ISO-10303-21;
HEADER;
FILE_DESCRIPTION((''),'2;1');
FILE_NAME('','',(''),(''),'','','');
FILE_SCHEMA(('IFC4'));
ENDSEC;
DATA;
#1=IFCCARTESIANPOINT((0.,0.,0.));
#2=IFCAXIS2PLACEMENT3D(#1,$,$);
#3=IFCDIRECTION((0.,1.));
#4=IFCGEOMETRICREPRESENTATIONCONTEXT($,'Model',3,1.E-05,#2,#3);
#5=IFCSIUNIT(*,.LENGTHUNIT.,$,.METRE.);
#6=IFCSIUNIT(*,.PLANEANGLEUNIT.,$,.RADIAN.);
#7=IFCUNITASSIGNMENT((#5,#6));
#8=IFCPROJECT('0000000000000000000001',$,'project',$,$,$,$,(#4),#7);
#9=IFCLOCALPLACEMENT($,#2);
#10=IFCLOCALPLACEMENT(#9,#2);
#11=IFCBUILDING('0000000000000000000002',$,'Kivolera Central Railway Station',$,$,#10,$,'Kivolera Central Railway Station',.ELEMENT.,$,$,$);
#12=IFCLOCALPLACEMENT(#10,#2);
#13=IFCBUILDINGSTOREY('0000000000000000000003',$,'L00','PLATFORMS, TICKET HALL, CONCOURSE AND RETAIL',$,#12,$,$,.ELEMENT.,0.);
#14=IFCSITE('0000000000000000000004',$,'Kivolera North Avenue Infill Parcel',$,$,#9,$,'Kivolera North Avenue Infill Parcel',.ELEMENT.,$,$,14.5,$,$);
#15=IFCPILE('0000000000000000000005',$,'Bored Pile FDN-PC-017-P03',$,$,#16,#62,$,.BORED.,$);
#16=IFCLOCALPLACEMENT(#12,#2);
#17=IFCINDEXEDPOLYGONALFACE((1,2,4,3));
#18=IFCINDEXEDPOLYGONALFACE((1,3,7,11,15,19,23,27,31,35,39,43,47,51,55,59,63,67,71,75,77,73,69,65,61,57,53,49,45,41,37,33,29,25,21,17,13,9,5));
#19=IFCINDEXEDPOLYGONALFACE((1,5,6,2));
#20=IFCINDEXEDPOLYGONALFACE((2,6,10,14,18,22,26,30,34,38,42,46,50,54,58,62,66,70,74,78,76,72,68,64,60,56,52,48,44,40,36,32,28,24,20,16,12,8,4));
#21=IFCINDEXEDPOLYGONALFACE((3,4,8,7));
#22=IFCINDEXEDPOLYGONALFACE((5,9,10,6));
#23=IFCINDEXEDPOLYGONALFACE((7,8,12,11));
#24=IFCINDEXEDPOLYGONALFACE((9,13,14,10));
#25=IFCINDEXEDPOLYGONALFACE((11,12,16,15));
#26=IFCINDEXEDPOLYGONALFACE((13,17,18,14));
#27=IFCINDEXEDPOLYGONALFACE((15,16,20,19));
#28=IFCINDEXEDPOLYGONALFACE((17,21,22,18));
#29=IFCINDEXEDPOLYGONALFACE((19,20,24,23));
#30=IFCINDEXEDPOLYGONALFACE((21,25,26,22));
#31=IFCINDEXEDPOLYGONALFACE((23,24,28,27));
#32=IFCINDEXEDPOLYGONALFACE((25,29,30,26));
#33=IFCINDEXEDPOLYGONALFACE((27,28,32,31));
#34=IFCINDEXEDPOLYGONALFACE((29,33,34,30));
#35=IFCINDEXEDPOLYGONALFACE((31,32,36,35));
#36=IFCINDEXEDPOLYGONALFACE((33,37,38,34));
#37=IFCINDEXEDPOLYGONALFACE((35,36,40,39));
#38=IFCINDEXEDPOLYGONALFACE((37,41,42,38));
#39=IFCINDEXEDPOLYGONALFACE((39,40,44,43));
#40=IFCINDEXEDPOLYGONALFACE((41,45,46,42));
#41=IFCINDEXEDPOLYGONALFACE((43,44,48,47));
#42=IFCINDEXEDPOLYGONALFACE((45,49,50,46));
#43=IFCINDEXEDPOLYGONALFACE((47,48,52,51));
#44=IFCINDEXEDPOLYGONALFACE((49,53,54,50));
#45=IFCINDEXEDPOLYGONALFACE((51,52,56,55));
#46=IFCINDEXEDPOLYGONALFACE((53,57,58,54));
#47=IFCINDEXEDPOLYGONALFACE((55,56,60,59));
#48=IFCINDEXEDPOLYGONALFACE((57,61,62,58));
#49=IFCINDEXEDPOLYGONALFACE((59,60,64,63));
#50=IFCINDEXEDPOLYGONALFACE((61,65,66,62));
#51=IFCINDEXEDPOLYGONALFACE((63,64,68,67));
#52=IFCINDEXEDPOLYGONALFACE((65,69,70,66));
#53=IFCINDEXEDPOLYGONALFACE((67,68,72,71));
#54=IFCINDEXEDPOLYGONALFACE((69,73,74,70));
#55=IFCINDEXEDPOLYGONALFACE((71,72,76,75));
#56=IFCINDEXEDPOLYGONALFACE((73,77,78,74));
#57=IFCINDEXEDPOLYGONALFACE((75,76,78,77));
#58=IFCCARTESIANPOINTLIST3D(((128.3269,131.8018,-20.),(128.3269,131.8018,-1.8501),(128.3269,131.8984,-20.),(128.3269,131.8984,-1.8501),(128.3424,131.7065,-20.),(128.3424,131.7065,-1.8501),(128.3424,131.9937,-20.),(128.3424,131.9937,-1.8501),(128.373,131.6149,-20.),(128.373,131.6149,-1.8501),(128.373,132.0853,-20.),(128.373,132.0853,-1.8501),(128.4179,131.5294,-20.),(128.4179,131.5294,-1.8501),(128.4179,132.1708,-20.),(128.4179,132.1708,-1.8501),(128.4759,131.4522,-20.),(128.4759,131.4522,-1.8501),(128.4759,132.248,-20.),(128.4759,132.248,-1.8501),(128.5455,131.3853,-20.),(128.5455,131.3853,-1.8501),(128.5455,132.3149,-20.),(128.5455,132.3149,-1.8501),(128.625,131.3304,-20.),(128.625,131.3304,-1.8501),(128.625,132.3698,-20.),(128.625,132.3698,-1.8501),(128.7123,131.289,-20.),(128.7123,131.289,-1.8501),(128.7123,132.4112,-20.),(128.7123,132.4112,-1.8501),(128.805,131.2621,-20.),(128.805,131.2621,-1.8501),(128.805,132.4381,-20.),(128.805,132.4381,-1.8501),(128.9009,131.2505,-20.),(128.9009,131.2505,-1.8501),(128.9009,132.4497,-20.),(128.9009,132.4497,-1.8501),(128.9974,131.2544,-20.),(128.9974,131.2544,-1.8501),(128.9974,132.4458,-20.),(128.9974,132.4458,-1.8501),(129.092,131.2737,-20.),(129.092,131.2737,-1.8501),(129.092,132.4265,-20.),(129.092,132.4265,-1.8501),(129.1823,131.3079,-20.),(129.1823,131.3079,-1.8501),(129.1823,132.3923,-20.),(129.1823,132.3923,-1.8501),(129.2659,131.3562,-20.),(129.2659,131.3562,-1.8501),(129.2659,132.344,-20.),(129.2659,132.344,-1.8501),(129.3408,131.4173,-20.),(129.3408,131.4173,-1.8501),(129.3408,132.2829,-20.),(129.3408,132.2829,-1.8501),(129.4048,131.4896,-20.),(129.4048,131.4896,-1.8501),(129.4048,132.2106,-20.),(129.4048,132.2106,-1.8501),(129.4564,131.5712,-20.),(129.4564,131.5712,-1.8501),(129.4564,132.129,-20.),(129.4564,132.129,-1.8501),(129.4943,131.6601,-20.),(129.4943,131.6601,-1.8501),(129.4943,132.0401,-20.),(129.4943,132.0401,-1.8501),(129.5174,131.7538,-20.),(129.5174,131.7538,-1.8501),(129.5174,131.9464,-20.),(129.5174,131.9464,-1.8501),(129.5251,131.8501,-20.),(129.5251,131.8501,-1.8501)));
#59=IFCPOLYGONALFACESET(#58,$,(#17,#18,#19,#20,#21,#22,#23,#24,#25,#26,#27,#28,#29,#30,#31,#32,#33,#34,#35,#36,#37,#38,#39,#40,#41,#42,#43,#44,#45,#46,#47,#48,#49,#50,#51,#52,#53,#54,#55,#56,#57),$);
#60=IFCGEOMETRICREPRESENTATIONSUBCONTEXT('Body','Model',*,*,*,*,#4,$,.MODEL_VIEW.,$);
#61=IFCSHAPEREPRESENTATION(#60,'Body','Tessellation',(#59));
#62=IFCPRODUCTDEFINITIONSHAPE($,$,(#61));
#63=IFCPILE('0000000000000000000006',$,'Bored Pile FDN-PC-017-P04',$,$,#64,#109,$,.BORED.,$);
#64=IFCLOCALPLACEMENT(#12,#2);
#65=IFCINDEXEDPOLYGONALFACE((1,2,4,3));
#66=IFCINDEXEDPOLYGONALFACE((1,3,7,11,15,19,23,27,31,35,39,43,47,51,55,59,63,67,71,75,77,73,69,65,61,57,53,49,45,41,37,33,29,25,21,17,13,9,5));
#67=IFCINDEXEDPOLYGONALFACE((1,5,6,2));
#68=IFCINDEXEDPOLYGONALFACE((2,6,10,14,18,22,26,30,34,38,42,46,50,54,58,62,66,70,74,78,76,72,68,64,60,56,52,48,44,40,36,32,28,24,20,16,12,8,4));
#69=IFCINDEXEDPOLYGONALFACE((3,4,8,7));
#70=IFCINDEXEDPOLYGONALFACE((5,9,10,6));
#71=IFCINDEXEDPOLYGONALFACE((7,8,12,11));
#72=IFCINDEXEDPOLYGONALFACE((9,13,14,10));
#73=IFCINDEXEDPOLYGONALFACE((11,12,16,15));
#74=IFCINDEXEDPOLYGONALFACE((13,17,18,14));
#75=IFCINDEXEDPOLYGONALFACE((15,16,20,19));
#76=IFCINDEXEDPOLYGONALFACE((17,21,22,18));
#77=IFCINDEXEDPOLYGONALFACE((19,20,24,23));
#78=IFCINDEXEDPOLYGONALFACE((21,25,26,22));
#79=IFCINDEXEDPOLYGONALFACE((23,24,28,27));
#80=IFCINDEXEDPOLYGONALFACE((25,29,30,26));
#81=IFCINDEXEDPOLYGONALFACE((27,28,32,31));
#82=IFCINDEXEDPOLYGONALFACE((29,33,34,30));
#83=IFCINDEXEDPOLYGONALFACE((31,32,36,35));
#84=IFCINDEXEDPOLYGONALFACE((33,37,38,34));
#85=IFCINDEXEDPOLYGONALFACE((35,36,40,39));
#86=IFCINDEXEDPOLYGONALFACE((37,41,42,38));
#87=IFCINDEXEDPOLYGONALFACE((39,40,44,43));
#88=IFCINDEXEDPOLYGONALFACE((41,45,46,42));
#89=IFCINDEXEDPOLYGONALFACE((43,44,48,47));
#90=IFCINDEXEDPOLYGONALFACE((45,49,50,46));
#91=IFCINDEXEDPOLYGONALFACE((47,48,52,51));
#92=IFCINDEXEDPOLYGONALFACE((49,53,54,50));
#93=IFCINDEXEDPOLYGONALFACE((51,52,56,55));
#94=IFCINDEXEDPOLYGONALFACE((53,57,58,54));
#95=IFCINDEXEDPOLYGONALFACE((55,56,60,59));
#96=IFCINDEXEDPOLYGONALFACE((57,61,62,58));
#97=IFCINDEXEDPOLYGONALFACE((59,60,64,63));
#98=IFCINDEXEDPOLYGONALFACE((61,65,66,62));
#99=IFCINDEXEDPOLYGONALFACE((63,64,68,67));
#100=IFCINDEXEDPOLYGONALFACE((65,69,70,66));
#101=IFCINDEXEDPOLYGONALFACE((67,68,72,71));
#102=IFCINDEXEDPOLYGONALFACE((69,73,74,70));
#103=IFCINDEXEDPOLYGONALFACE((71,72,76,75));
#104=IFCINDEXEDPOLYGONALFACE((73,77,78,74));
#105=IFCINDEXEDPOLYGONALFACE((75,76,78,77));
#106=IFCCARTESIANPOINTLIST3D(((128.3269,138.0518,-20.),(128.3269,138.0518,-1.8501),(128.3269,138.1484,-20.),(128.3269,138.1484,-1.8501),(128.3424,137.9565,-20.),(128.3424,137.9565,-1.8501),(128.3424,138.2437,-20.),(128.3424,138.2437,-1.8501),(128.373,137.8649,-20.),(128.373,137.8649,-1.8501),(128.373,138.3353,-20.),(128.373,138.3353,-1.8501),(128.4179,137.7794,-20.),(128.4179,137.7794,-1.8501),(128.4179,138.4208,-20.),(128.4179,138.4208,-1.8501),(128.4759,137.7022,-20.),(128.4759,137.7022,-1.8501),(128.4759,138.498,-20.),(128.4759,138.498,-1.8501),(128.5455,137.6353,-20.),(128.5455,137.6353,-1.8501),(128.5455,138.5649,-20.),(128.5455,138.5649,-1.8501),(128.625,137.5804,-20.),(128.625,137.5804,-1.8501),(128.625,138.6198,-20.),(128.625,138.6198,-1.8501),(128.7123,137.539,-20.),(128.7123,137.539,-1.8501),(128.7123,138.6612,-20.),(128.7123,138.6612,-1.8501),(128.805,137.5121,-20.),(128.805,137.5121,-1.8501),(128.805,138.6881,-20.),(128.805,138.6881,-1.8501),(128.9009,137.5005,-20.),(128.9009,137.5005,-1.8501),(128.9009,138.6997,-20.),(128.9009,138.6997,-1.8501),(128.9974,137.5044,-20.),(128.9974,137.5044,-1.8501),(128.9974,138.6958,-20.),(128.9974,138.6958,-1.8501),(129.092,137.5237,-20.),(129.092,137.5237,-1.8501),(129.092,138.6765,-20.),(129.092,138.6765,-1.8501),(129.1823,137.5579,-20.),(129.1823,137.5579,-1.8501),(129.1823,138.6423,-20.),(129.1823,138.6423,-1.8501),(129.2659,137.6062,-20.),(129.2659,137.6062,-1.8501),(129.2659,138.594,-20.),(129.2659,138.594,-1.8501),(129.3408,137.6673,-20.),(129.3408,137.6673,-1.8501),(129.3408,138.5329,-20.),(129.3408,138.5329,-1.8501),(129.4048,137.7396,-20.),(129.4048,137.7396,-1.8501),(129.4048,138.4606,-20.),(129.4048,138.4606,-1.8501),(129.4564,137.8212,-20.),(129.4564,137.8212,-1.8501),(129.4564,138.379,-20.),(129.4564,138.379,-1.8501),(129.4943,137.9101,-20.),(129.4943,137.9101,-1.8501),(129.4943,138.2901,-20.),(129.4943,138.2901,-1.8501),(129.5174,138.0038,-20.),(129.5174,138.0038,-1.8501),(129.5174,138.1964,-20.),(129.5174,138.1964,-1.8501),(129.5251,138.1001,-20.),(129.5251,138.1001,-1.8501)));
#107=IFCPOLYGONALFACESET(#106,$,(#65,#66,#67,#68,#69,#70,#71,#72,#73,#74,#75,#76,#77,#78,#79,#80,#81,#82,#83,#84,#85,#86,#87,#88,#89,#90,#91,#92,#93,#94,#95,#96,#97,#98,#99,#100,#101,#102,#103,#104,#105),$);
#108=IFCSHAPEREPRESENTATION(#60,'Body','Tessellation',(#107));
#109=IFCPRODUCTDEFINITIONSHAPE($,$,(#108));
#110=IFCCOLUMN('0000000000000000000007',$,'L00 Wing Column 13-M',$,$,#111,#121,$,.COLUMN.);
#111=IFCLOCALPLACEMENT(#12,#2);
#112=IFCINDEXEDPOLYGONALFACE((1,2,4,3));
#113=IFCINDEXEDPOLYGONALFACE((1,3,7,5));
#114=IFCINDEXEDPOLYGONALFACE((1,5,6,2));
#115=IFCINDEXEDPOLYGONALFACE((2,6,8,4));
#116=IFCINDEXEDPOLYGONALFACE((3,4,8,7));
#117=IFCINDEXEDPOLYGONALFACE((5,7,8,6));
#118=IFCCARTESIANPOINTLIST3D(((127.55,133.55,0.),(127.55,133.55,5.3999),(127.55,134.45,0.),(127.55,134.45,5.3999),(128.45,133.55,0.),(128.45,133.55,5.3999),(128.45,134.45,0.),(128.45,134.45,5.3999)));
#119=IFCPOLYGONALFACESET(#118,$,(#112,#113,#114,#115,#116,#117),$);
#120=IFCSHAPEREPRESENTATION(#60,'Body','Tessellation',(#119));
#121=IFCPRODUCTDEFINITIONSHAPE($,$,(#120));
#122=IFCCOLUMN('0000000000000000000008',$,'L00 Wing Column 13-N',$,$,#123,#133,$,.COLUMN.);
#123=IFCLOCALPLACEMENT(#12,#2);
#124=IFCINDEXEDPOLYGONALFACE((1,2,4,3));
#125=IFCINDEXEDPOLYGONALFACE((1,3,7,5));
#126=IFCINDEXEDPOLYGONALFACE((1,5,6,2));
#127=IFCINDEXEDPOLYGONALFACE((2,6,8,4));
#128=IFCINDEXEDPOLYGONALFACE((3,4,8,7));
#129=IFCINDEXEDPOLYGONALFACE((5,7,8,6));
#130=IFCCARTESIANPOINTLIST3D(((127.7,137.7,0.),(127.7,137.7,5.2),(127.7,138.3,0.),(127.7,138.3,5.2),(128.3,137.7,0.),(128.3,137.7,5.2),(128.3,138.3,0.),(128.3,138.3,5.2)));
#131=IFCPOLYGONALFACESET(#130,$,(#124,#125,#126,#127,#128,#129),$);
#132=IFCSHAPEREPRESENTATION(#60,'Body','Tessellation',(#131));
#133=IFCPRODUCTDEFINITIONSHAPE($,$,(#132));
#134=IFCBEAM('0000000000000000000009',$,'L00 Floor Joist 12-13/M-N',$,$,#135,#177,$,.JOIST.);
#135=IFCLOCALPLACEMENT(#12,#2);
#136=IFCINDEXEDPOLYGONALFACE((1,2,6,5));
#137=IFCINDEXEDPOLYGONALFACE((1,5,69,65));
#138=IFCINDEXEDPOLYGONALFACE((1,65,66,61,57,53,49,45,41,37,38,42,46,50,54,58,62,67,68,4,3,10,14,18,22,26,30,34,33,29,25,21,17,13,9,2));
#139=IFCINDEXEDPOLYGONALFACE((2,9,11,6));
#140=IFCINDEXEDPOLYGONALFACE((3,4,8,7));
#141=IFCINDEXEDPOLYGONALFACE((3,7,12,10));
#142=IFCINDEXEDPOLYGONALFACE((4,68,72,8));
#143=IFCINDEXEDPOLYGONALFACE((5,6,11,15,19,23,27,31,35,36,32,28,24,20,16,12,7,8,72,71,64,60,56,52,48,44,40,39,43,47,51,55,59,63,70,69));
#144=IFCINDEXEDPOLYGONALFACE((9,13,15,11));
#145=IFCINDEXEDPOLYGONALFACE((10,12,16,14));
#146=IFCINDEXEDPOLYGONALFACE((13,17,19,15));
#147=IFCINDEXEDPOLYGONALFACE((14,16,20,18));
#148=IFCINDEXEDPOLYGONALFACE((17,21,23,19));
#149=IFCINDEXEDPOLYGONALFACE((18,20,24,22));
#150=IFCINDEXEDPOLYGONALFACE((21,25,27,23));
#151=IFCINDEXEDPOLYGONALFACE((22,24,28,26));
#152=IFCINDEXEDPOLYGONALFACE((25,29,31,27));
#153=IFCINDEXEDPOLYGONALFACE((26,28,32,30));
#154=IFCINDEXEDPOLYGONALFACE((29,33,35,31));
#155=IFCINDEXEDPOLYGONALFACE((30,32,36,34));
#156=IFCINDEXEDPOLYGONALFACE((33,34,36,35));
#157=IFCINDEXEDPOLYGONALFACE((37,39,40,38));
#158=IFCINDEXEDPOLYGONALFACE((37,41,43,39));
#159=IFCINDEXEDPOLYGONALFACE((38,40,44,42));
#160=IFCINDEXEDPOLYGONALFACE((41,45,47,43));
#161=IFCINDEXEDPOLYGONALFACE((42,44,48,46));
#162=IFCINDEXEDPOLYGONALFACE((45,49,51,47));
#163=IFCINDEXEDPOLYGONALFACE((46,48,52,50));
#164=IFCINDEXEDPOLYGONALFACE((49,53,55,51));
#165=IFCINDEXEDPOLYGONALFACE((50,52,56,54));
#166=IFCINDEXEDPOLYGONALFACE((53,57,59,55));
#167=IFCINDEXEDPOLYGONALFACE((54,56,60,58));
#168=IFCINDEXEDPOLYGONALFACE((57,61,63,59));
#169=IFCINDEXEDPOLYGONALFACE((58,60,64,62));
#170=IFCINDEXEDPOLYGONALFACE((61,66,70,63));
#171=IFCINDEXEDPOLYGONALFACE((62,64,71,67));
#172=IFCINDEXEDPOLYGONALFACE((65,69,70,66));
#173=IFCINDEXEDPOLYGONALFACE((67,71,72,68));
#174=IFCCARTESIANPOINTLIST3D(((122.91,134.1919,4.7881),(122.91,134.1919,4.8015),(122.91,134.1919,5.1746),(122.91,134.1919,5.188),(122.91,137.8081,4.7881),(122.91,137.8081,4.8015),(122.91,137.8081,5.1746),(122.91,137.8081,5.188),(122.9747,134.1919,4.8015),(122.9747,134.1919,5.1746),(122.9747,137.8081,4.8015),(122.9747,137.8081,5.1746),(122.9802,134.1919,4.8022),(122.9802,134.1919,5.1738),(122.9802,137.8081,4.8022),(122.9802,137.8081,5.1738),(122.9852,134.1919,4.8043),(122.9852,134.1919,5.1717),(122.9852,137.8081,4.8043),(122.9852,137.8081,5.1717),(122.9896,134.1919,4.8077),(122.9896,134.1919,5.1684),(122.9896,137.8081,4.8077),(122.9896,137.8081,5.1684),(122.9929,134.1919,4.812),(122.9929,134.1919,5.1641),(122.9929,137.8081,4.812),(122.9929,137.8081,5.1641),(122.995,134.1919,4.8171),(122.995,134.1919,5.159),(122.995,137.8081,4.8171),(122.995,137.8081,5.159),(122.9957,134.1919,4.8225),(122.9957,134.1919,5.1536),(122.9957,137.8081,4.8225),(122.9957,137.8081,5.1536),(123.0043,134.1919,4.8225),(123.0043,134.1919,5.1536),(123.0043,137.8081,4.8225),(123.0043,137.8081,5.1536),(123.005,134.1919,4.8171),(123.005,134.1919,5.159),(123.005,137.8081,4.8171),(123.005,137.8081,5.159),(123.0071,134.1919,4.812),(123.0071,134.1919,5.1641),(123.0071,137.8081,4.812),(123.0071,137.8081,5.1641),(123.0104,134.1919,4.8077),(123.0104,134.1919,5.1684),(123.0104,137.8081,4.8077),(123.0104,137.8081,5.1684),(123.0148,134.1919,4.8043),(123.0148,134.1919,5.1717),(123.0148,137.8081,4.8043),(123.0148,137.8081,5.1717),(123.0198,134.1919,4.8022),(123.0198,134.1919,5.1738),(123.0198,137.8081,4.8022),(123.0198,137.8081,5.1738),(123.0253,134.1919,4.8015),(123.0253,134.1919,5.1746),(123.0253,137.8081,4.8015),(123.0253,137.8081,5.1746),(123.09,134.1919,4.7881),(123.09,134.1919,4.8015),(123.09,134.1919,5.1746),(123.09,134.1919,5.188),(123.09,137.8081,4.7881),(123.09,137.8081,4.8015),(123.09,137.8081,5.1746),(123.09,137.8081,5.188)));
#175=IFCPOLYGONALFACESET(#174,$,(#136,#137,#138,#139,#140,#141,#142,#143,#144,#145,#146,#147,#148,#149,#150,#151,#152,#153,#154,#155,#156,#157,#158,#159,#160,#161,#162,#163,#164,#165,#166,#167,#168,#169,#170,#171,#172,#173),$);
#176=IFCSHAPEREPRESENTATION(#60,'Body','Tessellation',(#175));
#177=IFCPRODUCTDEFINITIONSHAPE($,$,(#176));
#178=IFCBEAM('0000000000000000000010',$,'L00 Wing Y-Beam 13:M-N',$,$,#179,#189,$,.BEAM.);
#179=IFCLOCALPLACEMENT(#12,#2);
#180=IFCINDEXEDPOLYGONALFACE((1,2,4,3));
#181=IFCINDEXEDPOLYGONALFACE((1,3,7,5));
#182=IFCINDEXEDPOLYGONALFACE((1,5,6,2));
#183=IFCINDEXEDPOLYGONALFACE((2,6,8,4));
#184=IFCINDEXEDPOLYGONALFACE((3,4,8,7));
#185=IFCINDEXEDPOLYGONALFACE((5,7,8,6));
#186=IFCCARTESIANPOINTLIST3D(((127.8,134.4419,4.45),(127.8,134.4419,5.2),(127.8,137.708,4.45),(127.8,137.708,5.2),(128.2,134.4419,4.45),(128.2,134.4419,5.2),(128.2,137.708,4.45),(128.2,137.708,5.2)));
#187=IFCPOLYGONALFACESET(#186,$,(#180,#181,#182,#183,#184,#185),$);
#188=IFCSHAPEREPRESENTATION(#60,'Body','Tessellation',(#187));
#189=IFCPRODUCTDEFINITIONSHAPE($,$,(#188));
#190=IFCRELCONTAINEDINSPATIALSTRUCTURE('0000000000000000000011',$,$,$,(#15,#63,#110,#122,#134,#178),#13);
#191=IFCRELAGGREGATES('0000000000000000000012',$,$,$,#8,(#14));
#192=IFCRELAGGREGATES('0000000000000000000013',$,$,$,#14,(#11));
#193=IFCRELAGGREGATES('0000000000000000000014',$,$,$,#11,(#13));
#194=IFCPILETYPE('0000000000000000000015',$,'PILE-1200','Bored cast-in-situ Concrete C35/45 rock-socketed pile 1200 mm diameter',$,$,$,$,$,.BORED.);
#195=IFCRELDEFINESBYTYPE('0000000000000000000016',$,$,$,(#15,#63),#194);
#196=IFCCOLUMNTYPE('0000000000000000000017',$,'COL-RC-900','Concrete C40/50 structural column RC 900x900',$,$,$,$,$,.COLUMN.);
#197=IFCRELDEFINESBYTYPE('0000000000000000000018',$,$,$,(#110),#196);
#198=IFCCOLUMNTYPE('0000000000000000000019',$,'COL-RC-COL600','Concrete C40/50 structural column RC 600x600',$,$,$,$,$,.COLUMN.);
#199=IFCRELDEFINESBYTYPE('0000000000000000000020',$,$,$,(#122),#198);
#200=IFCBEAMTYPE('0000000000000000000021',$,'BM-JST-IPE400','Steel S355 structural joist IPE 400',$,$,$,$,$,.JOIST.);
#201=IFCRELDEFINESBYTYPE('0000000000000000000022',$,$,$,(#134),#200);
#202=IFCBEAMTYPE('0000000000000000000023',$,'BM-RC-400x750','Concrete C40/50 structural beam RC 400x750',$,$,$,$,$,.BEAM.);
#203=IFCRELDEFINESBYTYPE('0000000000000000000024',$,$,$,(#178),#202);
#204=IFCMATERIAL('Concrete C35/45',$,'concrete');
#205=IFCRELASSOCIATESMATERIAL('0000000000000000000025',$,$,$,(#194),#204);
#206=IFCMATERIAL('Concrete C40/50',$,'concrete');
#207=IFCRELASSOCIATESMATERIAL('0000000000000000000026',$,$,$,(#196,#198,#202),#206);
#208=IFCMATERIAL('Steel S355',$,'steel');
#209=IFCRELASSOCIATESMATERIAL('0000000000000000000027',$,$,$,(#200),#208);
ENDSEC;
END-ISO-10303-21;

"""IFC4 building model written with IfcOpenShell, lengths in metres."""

from ifc_helpers import new_model, si_unit, direction, frame, origin, origin_2d, place, context, subcontext, project, spatial, rectangle, circle, i_section, extrude, material, material_profile, profile_set, type_object, element, save


model = new_model("IFC4")

# Units and contexts
model_context = context("Model", 3, precision=1e-05, world=origin(), true_north=direction((0.0, 1.0)))
body_context = subcontext(model_context, "Body", "Model", "MODEL_VIEW")
ifc_project = project(units=[si_unit("LENGTHUNIT", "METRE"), si_unit("PLANEANGLEUNIT", "RADIAN")], contexts=[model_context])

# Site, building, storey
site_placement = place(None, origin())
site = spatial("IfcSite", under=ifc_project, at=site_placement, Name="Kivolera North Avenue Infill Parcel", LongName="Kivolera North Avenue Infill Parcel", CompositionType="ELEMENT", RefElevation=14.5)
building_placement = place(site_placement, origin())
building = spatial("IfcBuilding", under=site, at=building_placement, Name="Kivolera Central Railway Station", LongName="Kivolera Central Railway Station", CompositionType="ELEMENT")
storey_placement = place(building_placement, origin())
storey = spatial("IfcBuildingStorey", under=building, at=storey_placement, Name="L00", Description="PLATFORMS, TICKET HALL, CONCOURSE AND RETAIL", CompositionType="ELEMENT", Elevation=0.0)

# Shared definitions
ifc_material_1 = material(Name="Concrete C35/45", Category="concrete")

# Piles
ifc_material_profile_1 = material_profile(ifc_material_1, circle(Radius=0.6001, at=origin_2d()), Name="PILE D1200")
ifc_profile_set_1 = profile_set([ifc_material_profile_1], Name="Concrete C35/45")
pile_type = type_object("IfcPileType", Name="PILE-1200", Description="Bored cast-in-situ Concrete C35/45 rock-socketed pile 1200 mm diameter", PredefinedType="BORED", material=ifc_profile_set_1)
for number, where, z_axis, x_axis, name in (
    (1, (128.925, 131.8501, -1.8501), (0.0, 0.0, -1.0), (1.0, 0.0, 0.0), "Bored Pile FDN-PC-017-P03"),
    (2, (128.925, 138.1001, -1.8501), (0.0, 0.0, -1.0), (1.0, 0.0, 0.0), "Bored Pile FDN-PC-017-P04"),
):
    element("IfcPile", number, at=place(storey_placement, frame(where, z_axis=z_axis, x_axis=x_axis)), inside=storey, type_object=pile_type, Name=name, PredefinedType="BORED", context=body_context, shape_type="SweptSolid", body=[
        extrude(circle(Radius=0.6001, at=origin_2d()), origin(), (0.0, 0.0, 1.0), 18.1499),
    ])

# Columns
ifc_material_2 = material(Name="Concrete C40/50", Category="concrete")
ifc_material_profile_2 = material_profile(ifc_material_2, rectangle(XDim=0.8999, YDim=0.8999, at=origin_2d()), Name="RC 900x900")
ifc_profile_set_2 = profile_set([ifc_material_profile_2], Name="Concrete C40/50")
column_type_1 = type_object("IfcColumnType", Name="COL-RC-900", Description="Concrete C40/50 structural column RC 900x900", PredefinedType="COLUMN", material=ifc_profile_set_2)
column_1_placement = place(storey_placement, frame((128.0, 134.0, 0.0), z_axis=(0.0, 0.0, 1.0), x_axis=(1.0, 0.0, 0.0)))
element("IfcColumn", 3, at=column_1_placement, inside=storey, type_object=column_type_1, Name="L00 Wing Column 13-M", PredefinedType="COLUMN", context=body_context, shape_type="SweptSolid", body=[
    extrude(rectangle(XDim=0.8999, YDim=0.8999, at=origin_2d()), origin(), (0.0, 0.0, 1.0), 5.3999),
])
ifc_material_profile_3 = material_profile(ifc_material_2, rectangle(XDim=0.6001, YDim=0.6001, at=origin_2d()), Name="RC 600x600")
ifc_profile_set_3 = profile_set([ifc_material_profile_3], Name="Concrete C40/50")
column_type_2 = type_object("IfcColumnType", Name="COL-RC-COL600", Description="Concrete C40/50 structural column RC 600x600", PredefinedType="COLUMN", material=ifc_profile_set_3)
column_2_placement = place(storey_placement, frame((128.0, 138.0, 0.0), z_axis=(0.0, 0.0, 1.0), x_axis=(1.0, 0.0, 0.0)))
element("IfcColumn", 4, at=column_2_placement, inside=storey, type_object=column_type_2, Name="L00 Wing Column 13-N", PredefinedType="COLUMN", context=body_context, shape_type="SweptSolid", body=[
    extrude(rectangle(XDim=0.6001, YDim=0.6001, at=origin_2d()), origin(), (0.0, 0.0, 1.0), 5.2),
])

# Beams
ifc_material_3 = material(Name="Steel S355", Category="steel")
ifc_material_profile_4 = material_profile(ifc_material_3, i_section(OverallWidth=0.1799, OverallDepth=0.3999, WebThickness=0.0085, FlangeThickness=0.0134, FilletRadius=0.021, at=origin_2d()), Name="IPE 400")
ifc_profile_set_4 = profile_set([ifc_material_profile_4], Name="Steel S355")
beam_type_1 = type_object("IfcBeamType", Name="BM-JST-IPE400", Description="Steel S355 structural joist IPE 400", PredefinedType="JOIST", material=ifc_profile_set_4)
beam_1_placement = place(storey_placement, frame((123.0, 134.1919, 4.988), z_axis=(0.0, 1.0, 0.0), x_axis=(-1.0, 0.0, 0.0)))
element("IfcBeam", 5, at=beam_1_placement, inside=storey, type_object=beam_type_1, Name="L00 Floor Joist 12-13/M-N", PredefinedType="JOIST", context=body_context, shape_type="SweptSolid", body=[
    extrude(i_section(OverallWidth=0.1799, OverallDepth=0.3999, WebThickness=0.0085, FlangeThickness=0.0134, FilletRadius=0.021, at=origin_2d()), origin(), (0.0, 0.0, 1.0), 3.6162),
])
ifc_material_profile_5 = material_profile(ifc_material_2, rectangle(XDim=0.3999, YDim=0.75, at=origin_2d()), Name="RC 400x750")
ifc_profile_set_5 = profile_set([ifc_material_profile_5], Name="Concrete C40/50")
beam_type_2 = type_object("IfcBeamType", Name="BM-RC-400x750", Description="Concrete C40/50 structural beam RC 400x750", PredefinedType="BEAM", material=ifc_profile_set_5)
beam_2_placement = place(storey_placement, frame((128.0, 134.4419, 4.825), z_axis=(0.0, 1.0, 0.0), x_axis=(-1.0, 0.0, 0.0)))
element("IfcBeam", 6, at=beam_2_placement, inside=storey, type_object=beam_type_2, Name="L00 Wing Y-Beam 13:M-N", PredefinedType="BEAM", context=body_context, shape_type="SweptSolid", body=[
    extrude(rectangle(XDim=0.3999, YDim=0.75, at=origin_2d()), origin(), (0.0, 0.0, 1.0), 3.2661),
])

save(model, "model.ifc")
